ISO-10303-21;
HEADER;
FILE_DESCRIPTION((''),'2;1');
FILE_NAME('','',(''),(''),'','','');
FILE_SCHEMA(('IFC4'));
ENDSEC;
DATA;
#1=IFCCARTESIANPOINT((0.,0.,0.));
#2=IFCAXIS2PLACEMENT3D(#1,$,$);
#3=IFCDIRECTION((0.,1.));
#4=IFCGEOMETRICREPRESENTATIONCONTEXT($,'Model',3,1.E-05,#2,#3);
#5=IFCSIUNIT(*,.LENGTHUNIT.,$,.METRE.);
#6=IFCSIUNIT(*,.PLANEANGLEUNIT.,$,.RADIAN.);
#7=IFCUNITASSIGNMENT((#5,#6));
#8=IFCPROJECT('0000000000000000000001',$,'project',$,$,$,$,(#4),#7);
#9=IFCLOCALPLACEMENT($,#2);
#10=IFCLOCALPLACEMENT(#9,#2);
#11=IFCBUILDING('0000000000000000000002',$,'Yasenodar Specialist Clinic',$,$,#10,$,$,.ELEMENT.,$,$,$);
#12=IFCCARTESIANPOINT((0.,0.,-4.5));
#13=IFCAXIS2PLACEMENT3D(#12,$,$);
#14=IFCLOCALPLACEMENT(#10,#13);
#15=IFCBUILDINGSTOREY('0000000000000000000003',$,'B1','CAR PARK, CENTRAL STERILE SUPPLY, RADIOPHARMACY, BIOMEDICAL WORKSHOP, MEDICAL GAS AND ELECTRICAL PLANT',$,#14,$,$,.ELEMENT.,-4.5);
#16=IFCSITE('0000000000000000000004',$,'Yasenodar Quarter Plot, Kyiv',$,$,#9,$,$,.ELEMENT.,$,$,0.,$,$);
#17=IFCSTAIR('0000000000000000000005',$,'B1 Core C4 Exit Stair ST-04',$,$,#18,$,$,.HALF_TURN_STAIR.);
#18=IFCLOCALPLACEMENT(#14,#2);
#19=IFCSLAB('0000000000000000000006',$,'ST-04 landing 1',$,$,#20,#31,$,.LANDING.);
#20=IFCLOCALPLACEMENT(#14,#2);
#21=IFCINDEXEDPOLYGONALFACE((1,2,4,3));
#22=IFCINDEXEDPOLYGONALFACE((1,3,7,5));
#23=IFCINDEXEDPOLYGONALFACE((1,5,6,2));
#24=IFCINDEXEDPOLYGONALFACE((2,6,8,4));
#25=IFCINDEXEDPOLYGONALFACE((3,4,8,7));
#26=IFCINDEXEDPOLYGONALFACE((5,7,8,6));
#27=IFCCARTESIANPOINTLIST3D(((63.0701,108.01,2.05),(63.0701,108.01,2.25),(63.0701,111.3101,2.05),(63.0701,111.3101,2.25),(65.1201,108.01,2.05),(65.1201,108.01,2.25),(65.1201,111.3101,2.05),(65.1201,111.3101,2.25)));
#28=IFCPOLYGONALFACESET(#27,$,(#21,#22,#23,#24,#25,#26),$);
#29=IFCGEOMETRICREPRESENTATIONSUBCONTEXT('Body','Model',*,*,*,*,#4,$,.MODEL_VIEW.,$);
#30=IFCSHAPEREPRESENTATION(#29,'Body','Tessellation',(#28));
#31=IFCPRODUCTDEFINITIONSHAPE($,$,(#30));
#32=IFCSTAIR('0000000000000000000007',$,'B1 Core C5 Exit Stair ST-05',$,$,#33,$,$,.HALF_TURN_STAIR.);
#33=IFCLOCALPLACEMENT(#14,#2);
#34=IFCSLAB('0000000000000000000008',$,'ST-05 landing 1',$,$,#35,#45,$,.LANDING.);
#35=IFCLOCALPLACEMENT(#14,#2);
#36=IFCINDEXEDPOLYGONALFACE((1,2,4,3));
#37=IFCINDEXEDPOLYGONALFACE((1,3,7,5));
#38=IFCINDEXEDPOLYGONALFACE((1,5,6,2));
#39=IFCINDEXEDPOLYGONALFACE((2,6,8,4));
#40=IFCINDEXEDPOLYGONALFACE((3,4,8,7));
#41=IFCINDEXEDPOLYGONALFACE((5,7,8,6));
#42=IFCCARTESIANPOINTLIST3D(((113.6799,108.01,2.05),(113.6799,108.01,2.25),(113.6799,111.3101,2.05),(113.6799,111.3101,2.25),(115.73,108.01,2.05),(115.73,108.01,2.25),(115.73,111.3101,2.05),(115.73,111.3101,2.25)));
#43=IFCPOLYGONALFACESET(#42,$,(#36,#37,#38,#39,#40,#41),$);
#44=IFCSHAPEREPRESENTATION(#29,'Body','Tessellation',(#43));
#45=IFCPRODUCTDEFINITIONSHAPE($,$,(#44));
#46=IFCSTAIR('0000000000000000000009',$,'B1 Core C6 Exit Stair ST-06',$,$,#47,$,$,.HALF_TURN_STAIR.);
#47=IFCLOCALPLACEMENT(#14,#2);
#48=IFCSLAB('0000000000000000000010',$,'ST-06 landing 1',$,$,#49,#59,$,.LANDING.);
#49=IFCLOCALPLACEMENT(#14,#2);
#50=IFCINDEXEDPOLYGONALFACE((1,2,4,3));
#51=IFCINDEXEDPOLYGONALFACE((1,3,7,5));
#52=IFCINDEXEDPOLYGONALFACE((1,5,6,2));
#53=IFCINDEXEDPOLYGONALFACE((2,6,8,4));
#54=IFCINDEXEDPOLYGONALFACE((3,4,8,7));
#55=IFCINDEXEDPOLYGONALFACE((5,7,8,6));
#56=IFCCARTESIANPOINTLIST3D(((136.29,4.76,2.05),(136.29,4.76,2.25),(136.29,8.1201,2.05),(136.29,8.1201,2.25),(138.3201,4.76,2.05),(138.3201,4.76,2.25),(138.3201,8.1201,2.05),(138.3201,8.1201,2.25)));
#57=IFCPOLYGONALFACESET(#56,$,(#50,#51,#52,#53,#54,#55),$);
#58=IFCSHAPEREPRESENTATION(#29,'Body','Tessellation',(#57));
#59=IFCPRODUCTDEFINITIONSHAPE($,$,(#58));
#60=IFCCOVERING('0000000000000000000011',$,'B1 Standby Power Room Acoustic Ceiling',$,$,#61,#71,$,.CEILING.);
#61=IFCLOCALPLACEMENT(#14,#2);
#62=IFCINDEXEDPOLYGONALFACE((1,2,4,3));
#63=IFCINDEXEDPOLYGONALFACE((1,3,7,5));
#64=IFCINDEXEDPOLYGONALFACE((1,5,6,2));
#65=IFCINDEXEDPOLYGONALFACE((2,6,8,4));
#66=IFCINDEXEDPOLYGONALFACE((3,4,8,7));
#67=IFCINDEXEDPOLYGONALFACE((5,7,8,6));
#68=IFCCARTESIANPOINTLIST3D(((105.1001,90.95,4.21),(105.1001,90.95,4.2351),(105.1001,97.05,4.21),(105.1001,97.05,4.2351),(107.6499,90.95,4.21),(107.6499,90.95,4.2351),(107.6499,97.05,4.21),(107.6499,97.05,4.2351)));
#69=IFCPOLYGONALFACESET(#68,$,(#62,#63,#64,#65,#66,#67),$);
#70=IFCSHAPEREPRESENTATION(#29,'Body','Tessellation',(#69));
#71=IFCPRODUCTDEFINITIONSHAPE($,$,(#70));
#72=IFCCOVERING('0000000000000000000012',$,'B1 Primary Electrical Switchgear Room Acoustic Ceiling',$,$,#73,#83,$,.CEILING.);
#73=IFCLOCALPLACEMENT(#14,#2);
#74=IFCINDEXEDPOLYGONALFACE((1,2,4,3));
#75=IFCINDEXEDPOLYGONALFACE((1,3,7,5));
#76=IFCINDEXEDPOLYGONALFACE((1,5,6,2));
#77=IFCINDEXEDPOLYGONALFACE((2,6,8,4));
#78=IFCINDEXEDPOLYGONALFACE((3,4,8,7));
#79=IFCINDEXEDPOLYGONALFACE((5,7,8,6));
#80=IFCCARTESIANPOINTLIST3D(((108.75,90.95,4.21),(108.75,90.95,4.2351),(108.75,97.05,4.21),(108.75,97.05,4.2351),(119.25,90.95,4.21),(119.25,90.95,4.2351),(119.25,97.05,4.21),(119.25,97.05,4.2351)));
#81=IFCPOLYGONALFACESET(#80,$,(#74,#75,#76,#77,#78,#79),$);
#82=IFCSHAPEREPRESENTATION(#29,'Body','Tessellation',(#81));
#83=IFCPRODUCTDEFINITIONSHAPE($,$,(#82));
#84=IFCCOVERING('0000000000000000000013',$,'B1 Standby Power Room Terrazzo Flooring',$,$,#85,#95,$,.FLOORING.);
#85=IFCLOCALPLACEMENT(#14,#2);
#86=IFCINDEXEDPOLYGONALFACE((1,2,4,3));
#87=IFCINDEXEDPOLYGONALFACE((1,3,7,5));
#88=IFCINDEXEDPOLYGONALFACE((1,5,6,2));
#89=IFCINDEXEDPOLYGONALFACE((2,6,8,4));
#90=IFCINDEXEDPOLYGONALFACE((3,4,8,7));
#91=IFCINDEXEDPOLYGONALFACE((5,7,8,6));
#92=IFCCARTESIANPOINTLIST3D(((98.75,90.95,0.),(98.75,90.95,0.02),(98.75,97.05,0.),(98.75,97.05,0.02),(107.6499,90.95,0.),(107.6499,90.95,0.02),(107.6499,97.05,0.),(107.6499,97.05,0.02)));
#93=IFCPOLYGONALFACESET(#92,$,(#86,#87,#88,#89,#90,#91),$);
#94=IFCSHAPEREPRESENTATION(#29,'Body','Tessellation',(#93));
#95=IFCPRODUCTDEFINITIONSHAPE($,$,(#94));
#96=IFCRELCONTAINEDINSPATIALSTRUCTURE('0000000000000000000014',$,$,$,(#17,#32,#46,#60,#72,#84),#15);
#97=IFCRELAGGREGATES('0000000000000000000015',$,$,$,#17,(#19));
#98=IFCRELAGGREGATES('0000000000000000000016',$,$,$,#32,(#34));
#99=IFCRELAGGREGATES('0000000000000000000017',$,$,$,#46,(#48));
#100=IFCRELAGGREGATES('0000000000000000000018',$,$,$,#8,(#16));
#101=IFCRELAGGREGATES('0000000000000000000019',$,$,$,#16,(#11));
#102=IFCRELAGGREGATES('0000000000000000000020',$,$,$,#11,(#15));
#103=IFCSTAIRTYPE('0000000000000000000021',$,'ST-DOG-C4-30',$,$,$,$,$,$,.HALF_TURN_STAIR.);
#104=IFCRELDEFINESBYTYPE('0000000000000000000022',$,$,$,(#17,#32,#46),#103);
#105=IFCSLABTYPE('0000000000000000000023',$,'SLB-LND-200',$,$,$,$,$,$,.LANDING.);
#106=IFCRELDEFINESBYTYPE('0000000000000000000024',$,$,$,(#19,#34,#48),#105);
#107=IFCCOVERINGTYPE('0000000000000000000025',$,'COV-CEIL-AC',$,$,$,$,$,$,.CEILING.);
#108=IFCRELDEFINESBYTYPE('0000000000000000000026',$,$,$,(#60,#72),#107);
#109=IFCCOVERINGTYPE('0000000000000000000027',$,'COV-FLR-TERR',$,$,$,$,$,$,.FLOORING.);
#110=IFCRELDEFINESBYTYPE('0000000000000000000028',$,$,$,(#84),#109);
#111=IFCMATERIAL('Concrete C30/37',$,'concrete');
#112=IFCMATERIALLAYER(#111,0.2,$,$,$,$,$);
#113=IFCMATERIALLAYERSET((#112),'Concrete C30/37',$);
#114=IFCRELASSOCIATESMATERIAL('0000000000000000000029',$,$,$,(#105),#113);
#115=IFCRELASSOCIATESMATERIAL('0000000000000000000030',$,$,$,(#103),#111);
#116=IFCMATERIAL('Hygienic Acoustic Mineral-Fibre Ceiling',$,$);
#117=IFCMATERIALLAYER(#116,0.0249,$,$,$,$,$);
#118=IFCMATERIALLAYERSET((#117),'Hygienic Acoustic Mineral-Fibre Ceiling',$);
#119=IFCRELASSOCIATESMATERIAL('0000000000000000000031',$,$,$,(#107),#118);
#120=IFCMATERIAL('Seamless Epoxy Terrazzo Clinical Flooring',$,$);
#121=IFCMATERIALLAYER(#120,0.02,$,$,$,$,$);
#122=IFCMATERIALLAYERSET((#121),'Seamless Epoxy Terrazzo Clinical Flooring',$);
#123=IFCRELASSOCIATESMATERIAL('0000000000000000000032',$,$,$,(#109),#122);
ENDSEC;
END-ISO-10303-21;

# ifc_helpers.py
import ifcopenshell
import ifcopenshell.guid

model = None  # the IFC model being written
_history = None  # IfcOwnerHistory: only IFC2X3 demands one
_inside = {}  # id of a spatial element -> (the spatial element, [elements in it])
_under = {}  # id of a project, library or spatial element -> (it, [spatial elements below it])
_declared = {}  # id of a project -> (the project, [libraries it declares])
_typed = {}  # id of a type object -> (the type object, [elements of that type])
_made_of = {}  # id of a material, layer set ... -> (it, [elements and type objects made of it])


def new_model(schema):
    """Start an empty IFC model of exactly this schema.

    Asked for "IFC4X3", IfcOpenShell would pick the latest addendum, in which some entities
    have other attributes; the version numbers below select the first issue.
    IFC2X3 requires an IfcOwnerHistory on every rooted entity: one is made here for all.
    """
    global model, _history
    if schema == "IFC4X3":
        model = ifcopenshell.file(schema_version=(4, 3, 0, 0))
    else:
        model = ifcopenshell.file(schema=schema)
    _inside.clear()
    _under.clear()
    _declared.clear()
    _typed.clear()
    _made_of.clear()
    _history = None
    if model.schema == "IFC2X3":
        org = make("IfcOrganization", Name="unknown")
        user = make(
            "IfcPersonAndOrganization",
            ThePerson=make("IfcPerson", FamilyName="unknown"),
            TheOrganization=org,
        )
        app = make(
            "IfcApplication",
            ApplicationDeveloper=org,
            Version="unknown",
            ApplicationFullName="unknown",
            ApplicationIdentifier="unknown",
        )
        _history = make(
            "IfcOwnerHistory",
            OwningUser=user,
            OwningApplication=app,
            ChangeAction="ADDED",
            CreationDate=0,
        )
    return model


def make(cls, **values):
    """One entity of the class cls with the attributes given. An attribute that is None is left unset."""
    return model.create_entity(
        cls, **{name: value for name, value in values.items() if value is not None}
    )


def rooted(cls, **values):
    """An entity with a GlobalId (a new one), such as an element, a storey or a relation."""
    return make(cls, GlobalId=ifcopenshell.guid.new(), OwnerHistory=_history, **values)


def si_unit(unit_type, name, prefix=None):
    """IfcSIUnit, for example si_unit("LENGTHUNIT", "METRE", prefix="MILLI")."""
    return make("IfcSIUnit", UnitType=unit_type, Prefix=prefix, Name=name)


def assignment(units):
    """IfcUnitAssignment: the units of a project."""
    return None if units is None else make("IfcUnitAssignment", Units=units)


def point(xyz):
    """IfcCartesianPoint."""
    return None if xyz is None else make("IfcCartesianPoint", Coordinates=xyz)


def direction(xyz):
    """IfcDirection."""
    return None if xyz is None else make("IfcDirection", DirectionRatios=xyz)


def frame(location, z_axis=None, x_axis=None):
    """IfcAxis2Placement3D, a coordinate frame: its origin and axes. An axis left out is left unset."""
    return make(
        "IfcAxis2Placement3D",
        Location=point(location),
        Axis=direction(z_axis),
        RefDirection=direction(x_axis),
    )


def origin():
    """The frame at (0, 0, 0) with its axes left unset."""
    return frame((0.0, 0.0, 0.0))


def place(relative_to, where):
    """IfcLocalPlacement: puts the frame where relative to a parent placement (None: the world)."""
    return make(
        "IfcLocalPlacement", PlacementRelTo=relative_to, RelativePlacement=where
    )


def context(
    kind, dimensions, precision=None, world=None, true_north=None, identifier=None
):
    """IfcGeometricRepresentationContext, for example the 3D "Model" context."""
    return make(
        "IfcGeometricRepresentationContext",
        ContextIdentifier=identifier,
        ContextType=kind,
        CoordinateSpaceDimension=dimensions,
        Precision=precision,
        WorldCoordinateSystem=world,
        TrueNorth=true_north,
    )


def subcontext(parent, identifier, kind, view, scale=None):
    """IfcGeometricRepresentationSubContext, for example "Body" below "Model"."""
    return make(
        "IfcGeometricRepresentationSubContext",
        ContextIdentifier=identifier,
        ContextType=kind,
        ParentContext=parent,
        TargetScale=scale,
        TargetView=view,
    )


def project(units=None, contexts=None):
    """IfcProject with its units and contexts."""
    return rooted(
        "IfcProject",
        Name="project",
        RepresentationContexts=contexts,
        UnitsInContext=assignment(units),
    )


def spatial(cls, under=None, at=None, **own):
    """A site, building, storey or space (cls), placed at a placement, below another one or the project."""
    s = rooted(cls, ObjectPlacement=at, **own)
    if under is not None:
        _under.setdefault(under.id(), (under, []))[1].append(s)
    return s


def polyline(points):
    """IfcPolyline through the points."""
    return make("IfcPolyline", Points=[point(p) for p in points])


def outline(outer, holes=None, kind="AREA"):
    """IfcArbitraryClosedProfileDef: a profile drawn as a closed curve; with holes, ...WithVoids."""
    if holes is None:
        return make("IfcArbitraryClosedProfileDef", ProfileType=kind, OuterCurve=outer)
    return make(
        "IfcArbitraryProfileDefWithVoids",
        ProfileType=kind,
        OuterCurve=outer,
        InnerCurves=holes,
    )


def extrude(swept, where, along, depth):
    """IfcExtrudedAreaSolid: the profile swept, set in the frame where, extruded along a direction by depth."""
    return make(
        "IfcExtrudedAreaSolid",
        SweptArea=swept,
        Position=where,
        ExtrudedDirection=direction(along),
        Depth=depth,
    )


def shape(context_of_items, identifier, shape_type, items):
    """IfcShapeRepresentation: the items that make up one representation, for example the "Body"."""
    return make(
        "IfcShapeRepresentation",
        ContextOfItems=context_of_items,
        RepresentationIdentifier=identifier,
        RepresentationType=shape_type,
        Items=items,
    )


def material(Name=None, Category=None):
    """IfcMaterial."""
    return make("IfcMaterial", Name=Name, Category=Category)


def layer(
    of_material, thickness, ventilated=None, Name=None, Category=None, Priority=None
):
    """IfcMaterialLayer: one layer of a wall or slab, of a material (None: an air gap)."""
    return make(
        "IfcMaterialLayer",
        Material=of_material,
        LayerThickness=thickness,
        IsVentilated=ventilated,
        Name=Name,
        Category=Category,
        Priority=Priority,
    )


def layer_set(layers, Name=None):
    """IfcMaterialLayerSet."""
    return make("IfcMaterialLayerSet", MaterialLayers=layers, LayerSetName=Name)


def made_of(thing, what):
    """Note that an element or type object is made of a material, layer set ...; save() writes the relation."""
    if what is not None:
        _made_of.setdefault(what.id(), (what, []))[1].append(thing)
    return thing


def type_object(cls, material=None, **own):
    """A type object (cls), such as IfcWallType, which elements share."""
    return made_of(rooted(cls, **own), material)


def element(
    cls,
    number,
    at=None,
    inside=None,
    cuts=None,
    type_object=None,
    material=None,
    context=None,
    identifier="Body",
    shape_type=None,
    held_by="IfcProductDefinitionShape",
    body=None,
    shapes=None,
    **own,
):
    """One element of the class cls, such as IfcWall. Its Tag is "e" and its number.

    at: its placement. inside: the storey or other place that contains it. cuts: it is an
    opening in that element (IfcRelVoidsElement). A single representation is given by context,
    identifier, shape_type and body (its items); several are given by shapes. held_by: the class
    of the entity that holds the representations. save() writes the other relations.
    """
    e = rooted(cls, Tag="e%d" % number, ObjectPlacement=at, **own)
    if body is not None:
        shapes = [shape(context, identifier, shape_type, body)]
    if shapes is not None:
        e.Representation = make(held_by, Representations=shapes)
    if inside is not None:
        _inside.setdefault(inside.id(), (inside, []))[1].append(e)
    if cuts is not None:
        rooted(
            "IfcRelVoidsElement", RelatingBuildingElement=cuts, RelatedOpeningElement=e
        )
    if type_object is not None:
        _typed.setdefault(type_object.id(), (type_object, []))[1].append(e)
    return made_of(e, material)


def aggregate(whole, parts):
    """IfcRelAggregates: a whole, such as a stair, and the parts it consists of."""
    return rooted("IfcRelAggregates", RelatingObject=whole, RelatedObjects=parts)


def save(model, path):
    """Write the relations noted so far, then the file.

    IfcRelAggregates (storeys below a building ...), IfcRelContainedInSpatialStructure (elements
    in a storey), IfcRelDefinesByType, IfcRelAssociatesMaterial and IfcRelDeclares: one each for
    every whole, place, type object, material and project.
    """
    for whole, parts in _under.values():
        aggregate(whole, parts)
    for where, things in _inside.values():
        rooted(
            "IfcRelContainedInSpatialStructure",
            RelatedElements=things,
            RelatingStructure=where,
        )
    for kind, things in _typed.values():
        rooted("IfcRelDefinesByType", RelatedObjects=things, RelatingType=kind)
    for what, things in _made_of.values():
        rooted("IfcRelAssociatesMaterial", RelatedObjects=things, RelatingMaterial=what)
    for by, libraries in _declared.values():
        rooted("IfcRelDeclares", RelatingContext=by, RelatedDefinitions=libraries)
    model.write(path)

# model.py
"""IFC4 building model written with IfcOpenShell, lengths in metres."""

from ifc_helpers import new_model, si_unit, direction, frame, origin, place, context, subcontext, project, spatial, polyline, outline, extrude, material, layer, layer_set, type_object, element, aggregate, save


model = new_model("IFC4")

# Units and contexts
model_context = context("Model", 3, precision=1e-05, world=origin(), true_north=direction((0.0, 1.0)))
body_context = subcontext(model_context, "Body", "Model", "MODEL_VIEW")
ifc_project = project(units=[si_unit("LENGTHUNIT", "METRE"), si_unit("PLANEANGLEUNIT", "RADIAN")], contexts=[model_context])

# Site, building, storey
site_placement = place(None, origin())
site = spatial("IfcSite", under=ifc_project, at=site_placement, Name="Yasenodar Quarter Plot, Kyiv", CompositionType="ELEMENT", RefElevation=0.0)
building_placement = place(site_placement, origin())
building = spatial("IfcBuilding", under=site, at=building_placement, Name="Yasenodar Specialist Clinic", CompositionType="ELEMENT")
storey_placement = place(building_placement, frame((0.0, 0.0, -4.5)))
storey = spatial("IfcBuildingStorey", under=building, at=storey_placement, Name="B1", Description="CAR PARK, CENTRAL STERILE SUPPLY, RADIOPHARMACY, BIOMEDICAL WORKSHOP, MEDICAL GAS AND ELECTRICAL PLANT", CompositionType="ELEMENT", Elevation=-4.5)

# Shared definitions
ifc_material_1 = material(Name="Concrete C30/37", Category="concrete")

# Stairs, slabs
ifc_layer_1 = layer(ifc_material_1, 0.2)
ifc_layer_set_1 = layer_set([ifc_layer_1], Name="Concrete C30/37")
slab_type_1 = type_object("IfcSlabType", Name="SLB-LND-200", PredefinedType="LANDING", material=ifc_layer_set_1)
stair_type_1 = type_object("IfcStairType", Name="ST-DOG-C4-30", PredefinedType="HALF_TURN_STAIR", material=ifc_material_1)
stair_1_placement = place(storey_placement, origin())
stair_1 = element("IfcStair", 1, at=stair_1_placement, inside=storey, type_object=stair_type_1, Name="B1 Core C4 Exit Stair ST-04", PredefinedType="HALF_TURN_STAIR")
slab_1_placement = place(storey_placement, frame((0.0, 0.0, 2.05)))
slab_1 = element("IfcSlab", 2, at=slab_1_placement, type_object=slab_type_1, Name="ST-04 landing 1", PredefinedType="LANDING", context=body_context, shape_type="SweptSolid", body=[
    extrude(outline(polyline([(63.0701, 108.01), (65.1201, 108.01), (65.1201, 111.3101), (63.0701, 111.3101), (63.0701, 108.01)])), origin(), (0.0, 0.0, 1.0), 0.2),
])
aggregate(stair_1, [slab_1])
stair_2_placement = place(storey_placement, origin())
stair_2 = element("IfcStair", 3, at=stair_2_placement, inside=storey, type_object=stair_type_1, Name="B1 Core C5 Exit Stair ST-05", PredefinedType="HALF_TURN_STAIR")
slab_2_placement = place(storey_placement, frame((0.0, 0.0, 2.05)))
slab_2 = element("IfcSlab", 4, at=slab_2_placement, type_object=slab_type_1, Name="ST-05 landing 1", PredefinedType="LANDING", context=body_context, shape_type="SweptSolid", body=[
    extrude(outline(polyline([(115.73, 111.3101), (113.6799, 111.3101), (113.6799, 108.01), (115.73, 108.01), (115.73, 111.3101)])), origin(), (0.0, 0.0, 1.0), 0.2),
])
aggregate(stair_2, [slab_2])
stair_3_placement = place(storey_placement, origin())
stair_3 = element("IfcStair", 5, at=stair_3_placement, inside=storey, type_object=stair_type_1, Name="B1 Core C6 Exit Stair ST-06", PredefinedType="HALF_TURN_STAIR")
slab_3_placement = place(storey_placement, frame((0.0, 0.0, 2.05)))
slab_3 = element("IfcSlab", 6, at=slab_3_placement, type_object=slab_type_1, Name="ST-06 landing 1", PredefinedType="LANDING", context=body_context, shape_type="SweptSolid", body=[
    extrude(outline(polyline([(136.29, 4.76), (138.3201, 4.76), (138.3201, 8.1201), (136.29, 8.1201), (136.29, 4.76)])), origin(), (0.0, 0.0, 1.0), 0.2),
])
aggregate(stair_3, [slab_3])

# Coverings
ifc_material_2 = material(Name="Hygienic Acoustic Mineral-Fibre Ceiling")
ifc_layer_2 = layer(ifc_material_2, 0.0249)
ifc_layer_set_2 = layer_set([ifc_layer_2], Name="Hygienic Acoustic Mineral-Fibre Ceiling")
covering_type_1 = type_object("IfcCoveringType", Name="COV-CEIL-AC", PredefinedType="CEILING", material=ifc_layer_set_2)
covering_1_placement = place(storey_placement, frame((0.0, 0.0, 4.21)))
element("IfcCovering", 7, at=covering_1_placement, inside=storey, type_object=covering_type_1, Name="B1 Standby Power Room Acoustic Ceiling", PredefinedType="CEILING", context=body_context, shape_type="SweptSolid", body=[
    extrude(outline(polyline([(107.6499, 90.95), (105.1001, 90.95), (105.1001, 97.05), (107.6499, 97.05), (107.6499, 90.95)])), origin(), (0.0, 0.0, 1.0), 0.0251),
])
covering_2_placement = place(storey_placement, frame((0.0, 0.0, 4.21)))
element("IfcCovering", 8, at=covering_2_placement, inside=storey, type_object=covering_type_1, Name="B1 Primary Electrical Switchgear Room Acoustic Ceiling", PredefinedType="CEILING", context=body_context, shape_type="SweptSolid", body=[
    extrude(outline(polyline([(119.25, 90.95), (108.75, 90.95), (108.75, 97.05), (119.25, 97.05), (119.25, 90.95)])), origin(), (0.0, 0.0, 1.0), 0.0251),
])
ifc_material_3 = material(Name="Seamless Epoxy Terrazzo Clinical Flooring")
ifc_layer_3 = layer(ifc_material_3, 0.02)
ifc_layer_set_3 = layer_set([ifc_layer_3], Name="Seamless Epoxy Terrazzo Clinical Flooring")
covering_type_2 = type_object("IfcCoveringType", Name="COV-FLR-TERR", PredefinedType="FLOORING", material=ifc_layer_set_3)
covering_3_placement = place(storey_placement, origin())
element("IfcCovering", 9, at=covering_3_placement, inside=storey, type_object=covering_type_2, Name="B1 Standby Power Room Terrazzo Flooring", PredefinedType="FLOORING", context=body_context, shape_type="SweptSolid", body=[
    extrude(outline(polyline([(107.6499, 90.95), (98.75, 90.95), (98.75, 97.05), (107.6499, 97.05), (107.6499, 90.95)])), origin(), (0.0, 0.0, 1.0), 0.02),
])

save(model, "model.ifc")
